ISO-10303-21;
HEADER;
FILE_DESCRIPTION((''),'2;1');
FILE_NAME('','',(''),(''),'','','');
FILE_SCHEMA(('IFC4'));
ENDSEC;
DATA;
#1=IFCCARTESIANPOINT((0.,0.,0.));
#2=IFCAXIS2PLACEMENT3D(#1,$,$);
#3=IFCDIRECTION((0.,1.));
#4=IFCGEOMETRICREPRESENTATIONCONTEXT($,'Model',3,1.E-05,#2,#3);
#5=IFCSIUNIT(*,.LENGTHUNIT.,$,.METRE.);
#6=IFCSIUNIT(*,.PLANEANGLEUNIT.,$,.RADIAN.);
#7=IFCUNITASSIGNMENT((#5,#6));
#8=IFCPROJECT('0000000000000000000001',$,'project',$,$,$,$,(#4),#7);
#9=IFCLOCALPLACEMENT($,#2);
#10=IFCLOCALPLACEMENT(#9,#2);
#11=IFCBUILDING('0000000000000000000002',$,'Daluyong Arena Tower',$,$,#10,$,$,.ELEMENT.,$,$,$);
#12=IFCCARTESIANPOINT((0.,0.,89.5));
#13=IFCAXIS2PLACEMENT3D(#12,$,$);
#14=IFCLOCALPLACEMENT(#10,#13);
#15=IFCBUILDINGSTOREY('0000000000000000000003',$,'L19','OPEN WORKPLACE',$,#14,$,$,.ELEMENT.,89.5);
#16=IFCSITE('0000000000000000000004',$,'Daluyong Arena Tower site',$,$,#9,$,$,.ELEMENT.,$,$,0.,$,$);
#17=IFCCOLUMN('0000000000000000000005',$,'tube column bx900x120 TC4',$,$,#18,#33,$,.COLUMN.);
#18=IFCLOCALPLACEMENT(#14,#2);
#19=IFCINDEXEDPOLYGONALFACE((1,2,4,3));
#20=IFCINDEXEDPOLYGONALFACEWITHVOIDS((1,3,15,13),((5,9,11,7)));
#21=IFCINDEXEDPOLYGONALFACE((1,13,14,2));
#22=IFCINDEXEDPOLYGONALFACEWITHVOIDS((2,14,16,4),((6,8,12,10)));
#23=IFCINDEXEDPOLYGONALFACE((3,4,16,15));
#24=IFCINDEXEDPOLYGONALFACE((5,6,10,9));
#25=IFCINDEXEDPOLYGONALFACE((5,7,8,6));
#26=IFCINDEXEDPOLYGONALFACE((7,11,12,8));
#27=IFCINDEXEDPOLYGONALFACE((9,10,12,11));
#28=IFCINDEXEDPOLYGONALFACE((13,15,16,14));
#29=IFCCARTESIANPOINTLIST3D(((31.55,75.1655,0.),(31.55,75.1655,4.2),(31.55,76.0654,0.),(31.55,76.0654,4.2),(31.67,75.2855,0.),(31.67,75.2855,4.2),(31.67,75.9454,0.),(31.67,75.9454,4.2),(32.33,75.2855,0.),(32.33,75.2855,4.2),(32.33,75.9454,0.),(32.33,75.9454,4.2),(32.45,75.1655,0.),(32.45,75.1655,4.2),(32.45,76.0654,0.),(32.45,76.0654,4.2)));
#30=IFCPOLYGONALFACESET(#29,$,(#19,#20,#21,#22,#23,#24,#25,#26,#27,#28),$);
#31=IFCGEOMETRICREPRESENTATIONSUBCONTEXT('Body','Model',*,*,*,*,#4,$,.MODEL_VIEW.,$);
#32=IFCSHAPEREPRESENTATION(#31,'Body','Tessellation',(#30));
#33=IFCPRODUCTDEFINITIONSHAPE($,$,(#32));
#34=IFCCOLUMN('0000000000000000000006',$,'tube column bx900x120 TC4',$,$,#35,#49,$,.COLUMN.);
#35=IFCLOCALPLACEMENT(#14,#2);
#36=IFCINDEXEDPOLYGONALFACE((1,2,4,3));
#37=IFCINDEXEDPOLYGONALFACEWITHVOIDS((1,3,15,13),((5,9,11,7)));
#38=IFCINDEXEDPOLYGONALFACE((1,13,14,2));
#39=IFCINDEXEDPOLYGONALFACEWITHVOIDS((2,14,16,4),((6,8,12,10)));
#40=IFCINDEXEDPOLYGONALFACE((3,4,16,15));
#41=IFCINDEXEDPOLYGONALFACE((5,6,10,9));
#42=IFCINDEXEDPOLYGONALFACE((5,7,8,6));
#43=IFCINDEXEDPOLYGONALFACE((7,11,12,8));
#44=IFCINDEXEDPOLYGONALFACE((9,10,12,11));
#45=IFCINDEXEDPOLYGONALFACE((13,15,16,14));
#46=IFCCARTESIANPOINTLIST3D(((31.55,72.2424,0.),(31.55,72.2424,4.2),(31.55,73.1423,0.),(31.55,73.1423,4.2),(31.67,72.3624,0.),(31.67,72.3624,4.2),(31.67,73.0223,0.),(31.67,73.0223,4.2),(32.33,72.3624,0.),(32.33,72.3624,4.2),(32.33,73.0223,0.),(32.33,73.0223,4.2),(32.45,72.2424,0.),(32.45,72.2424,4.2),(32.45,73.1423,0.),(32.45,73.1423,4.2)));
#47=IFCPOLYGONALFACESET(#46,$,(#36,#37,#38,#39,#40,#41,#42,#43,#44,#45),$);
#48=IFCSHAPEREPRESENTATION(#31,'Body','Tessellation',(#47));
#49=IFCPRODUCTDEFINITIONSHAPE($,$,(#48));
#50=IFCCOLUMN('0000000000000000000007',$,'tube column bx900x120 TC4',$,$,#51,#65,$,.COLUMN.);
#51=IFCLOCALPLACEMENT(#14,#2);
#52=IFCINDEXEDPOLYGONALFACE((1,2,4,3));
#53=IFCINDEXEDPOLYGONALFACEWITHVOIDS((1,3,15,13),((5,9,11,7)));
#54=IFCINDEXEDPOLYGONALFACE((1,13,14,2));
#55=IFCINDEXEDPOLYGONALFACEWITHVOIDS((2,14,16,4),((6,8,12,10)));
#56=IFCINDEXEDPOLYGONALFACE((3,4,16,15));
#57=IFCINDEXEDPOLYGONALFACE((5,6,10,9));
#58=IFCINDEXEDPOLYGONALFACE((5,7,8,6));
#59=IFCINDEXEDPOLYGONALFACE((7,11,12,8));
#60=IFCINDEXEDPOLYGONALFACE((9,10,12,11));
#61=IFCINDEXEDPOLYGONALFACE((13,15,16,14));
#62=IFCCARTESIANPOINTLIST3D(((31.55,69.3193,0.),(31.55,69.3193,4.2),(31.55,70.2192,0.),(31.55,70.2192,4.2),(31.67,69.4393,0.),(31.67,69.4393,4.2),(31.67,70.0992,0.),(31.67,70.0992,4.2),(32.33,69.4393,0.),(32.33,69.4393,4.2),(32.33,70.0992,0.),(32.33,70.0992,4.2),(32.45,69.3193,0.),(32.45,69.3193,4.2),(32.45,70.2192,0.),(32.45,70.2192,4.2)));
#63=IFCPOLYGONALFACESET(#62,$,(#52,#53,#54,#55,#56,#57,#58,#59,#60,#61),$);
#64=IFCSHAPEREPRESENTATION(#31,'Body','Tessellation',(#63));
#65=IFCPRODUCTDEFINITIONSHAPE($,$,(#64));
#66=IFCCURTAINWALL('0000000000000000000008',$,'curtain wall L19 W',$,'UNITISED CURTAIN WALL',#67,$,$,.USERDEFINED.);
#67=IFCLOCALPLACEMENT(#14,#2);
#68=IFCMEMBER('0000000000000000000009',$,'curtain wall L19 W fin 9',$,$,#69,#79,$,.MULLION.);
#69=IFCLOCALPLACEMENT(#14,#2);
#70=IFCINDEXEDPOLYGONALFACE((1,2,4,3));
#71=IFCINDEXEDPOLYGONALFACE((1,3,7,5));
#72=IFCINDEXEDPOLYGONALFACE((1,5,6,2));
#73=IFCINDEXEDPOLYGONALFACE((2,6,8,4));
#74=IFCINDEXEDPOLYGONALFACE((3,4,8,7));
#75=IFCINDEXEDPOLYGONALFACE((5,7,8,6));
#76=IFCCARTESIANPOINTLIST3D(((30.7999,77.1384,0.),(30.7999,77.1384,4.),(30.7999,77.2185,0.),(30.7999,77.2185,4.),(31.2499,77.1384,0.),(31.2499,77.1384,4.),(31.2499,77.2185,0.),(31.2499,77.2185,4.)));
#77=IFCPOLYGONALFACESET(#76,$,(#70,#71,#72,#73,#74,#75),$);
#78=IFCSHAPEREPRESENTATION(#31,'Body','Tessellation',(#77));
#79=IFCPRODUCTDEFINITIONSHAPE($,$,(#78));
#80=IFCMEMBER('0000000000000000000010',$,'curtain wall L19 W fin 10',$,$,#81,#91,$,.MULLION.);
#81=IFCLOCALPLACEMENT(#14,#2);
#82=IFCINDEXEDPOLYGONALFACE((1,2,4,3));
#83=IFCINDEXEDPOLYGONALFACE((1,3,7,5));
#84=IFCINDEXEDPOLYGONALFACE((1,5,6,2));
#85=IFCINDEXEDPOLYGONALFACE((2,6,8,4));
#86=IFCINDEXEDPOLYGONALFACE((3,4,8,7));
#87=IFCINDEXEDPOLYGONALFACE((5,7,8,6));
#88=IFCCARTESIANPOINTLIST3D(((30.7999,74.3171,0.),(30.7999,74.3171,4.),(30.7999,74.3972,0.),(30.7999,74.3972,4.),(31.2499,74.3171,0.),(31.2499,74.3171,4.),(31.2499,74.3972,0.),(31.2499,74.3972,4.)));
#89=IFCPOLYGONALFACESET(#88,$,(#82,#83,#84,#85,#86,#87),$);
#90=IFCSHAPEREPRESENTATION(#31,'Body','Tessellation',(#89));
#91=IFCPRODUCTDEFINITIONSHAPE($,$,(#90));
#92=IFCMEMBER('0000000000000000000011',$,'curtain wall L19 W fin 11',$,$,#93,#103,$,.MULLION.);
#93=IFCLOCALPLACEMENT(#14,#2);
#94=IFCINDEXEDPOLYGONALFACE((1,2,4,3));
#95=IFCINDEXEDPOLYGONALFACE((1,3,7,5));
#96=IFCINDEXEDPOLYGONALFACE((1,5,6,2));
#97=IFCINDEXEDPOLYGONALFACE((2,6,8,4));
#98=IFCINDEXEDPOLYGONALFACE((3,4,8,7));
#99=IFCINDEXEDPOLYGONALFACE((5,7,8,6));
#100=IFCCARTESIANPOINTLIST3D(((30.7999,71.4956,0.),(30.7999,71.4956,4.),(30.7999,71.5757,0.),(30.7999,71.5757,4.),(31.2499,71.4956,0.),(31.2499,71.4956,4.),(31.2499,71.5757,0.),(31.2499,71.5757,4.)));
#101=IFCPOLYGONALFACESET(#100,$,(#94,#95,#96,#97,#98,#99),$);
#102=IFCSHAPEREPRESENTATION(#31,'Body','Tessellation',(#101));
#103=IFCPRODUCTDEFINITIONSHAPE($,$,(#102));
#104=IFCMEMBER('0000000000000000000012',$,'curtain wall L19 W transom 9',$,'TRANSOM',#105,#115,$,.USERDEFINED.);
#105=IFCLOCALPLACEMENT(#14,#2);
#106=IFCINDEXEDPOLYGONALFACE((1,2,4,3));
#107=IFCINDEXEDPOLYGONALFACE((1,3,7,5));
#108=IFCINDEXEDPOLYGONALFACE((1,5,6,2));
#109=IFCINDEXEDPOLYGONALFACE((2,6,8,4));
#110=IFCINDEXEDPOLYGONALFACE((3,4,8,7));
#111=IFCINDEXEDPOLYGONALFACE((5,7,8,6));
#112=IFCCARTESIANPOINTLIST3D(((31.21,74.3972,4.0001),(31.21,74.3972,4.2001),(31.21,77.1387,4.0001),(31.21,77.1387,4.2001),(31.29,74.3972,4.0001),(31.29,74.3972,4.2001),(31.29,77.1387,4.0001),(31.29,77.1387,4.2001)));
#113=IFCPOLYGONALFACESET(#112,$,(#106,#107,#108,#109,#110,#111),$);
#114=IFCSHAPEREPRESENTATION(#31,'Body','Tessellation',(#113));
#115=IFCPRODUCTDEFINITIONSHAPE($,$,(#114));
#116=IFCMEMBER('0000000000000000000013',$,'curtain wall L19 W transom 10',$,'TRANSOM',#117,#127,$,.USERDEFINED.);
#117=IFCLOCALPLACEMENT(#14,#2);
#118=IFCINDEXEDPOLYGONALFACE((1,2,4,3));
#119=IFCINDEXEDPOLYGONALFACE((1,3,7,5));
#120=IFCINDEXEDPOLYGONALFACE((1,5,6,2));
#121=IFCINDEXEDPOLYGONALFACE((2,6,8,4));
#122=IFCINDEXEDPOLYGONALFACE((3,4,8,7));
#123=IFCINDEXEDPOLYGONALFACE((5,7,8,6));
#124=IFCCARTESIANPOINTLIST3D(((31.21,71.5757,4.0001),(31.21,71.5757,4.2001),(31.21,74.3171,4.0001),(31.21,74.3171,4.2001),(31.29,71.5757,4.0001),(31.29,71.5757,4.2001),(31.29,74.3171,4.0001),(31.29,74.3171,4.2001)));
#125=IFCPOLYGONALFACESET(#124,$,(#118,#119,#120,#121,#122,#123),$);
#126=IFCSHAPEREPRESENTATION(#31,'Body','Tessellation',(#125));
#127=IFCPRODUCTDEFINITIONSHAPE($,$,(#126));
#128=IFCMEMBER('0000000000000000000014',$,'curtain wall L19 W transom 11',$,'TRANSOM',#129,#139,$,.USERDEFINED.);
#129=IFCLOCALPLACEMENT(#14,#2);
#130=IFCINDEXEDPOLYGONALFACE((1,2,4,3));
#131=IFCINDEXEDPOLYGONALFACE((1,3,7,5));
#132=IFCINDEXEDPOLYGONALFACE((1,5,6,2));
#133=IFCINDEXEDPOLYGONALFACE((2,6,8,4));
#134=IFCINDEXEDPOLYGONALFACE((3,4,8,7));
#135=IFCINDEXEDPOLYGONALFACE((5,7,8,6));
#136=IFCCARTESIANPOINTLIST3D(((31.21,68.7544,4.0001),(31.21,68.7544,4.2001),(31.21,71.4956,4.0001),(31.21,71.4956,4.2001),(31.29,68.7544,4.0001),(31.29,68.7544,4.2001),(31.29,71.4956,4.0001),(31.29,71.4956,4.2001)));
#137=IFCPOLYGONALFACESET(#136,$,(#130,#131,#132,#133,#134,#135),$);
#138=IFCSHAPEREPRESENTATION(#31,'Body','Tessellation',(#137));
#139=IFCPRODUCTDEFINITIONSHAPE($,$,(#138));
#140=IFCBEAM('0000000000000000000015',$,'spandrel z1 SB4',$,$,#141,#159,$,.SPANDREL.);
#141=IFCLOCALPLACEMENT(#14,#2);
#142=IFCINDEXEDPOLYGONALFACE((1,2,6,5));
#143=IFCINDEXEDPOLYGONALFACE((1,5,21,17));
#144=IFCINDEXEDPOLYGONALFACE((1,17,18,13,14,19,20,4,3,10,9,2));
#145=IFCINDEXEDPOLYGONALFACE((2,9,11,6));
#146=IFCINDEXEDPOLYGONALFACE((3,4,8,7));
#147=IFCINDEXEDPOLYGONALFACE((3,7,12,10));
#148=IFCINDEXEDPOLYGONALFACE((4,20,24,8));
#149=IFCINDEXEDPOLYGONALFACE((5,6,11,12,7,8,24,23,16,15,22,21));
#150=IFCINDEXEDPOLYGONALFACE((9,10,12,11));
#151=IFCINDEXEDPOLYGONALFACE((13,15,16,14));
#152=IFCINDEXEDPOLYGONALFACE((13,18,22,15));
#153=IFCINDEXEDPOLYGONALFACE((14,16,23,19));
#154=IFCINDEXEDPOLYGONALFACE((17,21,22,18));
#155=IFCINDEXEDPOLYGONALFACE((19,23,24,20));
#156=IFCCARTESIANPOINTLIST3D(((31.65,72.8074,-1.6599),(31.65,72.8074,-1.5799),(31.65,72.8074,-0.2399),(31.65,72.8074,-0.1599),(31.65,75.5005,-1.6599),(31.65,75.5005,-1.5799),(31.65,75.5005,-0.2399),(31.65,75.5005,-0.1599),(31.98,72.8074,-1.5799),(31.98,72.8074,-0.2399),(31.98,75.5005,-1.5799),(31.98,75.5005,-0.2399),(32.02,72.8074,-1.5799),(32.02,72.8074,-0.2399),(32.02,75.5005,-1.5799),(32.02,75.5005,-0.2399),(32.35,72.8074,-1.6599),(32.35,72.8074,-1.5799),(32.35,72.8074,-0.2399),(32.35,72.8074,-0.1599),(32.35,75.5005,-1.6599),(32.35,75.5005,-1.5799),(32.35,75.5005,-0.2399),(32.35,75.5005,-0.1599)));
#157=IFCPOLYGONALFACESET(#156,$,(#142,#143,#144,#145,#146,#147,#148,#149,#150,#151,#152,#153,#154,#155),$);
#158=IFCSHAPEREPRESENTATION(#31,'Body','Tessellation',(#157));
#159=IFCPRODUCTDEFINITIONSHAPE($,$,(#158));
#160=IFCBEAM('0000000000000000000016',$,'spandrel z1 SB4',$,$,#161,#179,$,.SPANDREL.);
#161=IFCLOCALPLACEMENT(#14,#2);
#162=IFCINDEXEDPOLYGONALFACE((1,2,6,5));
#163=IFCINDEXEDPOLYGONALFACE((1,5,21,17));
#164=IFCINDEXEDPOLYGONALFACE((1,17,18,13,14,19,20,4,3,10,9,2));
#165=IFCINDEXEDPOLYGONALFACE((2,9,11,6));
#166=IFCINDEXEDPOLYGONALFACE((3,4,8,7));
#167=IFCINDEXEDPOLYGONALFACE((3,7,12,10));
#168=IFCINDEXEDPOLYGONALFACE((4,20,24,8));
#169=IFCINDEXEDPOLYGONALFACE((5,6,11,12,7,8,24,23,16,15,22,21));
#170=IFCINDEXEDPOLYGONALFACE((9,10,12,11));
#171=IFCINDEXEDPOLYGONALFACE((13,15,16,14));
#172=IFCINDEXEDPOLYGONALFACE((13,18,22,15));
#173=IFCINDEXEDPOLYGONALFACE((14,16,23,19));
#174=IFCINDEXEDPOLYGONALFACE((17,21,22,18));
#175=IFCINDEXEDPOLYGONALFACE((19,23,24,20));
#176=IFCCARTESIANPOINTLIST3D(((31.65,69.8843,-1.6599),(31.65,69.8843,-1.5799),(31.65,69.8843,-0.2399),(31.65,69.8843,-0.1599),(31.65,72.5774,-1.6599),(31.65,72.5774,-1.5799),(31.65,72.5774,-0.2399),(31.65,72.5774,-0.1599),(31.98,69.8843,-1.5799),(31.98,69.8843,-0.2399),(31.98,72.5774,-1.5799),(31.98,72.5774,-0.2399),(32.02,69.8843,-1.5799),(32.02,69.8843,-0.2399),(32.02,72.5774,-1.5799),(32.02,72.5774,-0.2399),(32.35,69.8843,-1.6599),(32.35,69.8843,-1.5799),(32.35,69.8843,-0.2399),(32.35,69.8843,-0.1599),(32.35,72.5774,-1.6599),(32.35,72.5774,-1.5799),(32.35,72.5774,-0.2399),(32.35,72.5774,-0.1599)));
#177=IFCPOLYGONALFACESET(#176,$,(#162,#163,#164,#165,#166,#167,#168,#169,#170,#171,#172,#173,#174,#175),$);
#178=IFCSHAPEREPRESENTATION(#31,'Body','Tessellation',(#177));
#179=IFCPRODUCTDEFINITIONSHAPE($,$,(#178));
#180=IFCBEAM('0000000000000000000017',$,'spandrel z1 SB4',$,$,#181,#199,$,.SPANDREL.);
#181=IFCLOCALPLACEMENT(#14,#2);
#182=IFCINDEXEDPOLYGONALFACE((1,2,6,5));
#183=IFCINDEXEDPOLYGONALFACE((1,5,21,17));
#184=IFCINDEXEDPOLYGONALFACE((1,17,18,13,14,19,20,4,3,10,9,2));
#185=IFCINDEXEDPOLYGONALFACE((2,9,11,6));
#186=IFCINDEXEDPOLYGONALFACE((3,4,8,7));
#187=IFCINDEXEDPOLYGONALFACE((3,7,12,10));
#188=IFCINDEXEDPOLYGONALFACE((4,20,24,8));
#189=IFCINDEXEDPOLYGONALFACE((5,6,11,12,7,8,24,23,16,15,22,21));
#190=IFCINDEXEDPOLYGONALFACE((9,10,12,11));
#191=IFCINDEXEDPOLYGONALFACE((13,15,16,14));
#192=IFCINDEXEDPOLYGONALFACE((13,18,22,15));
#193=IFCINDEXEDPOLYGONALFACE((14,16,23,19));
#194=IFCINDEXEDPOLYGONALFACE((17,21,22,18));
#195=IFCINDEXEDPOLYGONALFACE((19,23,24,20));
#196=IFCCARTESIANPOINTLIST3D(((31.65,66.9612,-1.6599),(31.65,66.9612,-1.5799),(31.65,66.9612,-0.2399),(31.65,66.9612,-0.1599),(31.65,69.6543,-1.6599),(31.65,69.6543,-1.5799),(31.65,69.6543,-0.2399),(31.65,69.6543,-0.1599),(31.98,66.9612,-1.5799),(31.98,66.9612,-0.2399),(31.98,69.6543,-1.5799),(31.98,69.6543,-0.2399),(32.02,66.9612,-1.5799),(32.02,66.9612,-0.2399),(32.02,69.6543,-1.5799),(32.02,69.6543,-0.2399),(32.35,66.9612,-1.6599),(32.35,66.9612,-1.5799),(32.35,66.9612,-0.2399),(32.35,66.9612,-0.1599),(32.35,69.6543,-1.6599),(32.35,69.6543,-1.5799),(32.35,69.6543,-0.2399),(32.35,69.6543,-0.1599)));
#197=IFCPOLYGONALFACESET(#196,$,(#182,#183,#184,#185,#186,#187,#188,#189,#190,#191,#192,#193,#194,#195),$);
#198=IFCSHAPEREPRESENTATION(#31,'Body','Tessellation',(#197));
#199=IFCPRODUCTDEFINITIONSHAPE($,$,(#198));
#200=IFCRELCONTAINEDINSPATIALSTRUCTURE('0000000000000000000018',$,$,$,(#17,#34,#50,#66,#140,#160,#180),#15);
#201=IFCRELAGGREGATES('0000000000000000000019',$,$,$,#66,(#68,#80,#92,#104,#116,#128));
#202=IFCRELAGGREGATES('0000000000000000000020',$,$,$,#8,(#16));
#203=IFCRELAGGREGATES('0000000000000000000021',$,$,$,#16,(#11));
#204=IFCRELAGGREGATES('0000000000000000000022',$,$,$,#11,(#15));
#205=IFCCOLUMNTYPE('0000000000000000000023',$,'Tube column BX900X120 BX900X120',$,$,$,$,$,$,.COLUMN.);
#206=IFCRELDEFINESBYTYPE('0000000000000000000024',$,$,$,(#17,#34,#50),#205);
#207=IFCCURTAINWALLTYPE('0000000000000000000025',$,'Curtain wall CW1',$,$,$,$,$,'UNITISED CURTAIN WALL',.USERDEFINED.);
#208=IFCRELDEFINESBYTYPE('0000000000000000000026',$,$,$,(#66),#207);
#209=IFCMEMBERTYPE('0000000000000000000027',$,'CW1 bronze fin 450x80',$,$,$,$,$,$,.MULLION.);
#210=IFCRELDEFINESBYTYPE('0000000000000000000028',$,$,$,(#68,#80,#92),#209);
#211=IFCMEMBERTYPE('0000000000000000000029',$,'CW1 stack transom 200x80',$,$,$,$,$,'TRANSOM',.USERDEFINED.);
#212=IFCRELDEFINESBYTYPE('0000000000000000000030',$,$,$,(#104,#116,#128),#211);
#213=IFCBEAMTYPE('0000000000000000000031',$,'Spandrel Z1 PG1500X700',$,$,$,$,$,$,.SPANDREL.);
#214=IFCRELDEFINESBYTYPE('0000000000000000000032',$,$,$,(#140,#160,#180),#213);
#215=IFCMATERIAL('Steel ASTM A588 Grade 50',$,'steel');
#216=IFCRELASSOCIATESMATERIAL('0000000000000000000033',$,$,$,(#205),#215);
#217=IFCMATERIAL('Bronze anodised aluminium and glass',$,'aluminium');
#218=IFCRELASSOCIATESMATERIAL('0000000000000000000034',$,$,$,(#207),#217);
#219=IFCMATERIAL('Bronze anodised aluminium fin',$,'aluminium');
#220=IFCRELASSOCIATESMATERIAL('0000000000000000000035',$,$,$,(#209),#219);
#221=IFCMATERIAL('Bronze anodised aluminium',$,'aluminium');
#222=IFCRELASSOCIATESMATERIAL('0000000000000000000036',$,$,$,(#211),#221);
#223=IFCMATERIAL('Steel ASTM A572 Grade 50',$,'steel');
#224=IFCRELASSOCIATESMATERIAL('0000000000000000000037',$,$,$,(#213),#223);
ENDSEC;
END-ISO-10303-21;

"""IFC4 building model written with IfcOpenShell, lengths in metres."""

from ifc_helpers import new_model, si_unit, direction, frame, origin, origin_2d, place, context, subcontext, project, spatial, rectangle, hollow_rectangle, i_section, extrude, material, material_profile, profile_set, type_object, element, aggregate, save


model = new_model("IFC4")

# Units and contexts
model_context = context("Model", 3, precision=1e-05, world=origin(), true_north=direction((0.0, 1.0)))
body_context = subcontext(model_context, "Body", "Model", "MODEL_VIEW")
ifc_project = project(units=[si_unit("LENGTHUNIT", "METRE"), si_unit("PLANEANGLEUNIT", "RADIAN")], contexts=[model_context])

# Site, building, storey
site_placement = place(None, origin())
site = spatial("IfcSite", under=ifc_project, at=site_placement, Name="Daluyong Arena Tower site", CompositionType="ELEMENT", RefElevation=0.0)
building_placement = place(site_placement, origin())
building = spatial("IfcBuilding", under=site, at=building_placement, Name="Daluyong Arena Tower", CompositionType="ELEMENT")
storey_placement = place(building_placement, frame((0.0, 0.0, 89.5)))
storey = spatial("IfcBuildingStorey", under=building, at=storey_placement, Name="L19", Description="OPEN WORKPLACE", CompositionType="ELEMENT", Elevation=89.5)

# Columns
ifc_material_1 = material(Name="Steel ASTM A588 Grade 50", Category="steel")
ifc_material_profile_1 = material_profile(ifc_material_1, hollow_rectangle(XDim=0.8999, YDim=0.8999, WallThickness=0.12, at=origin_2d()))
ifc_profile_set_1 = profile_set([ifc_material_profile_1], Name="Steel ASTM A588 Grade 50")
column_type = type_object("IfcColumnType", Name="Tube column BX900X120 BX900X120", PredefinedType="COLUMN", material=ifc_profile_set_1)
for number, where, z_axis, x_axis, name in (
    (1, (32.0, 75.6155, 0.0), (0.0, 0.0, 1.0), (0.0, 1.0, 0.0), "tube column bx900x120 TC4"),
    (2, (32.0, 72.6924, 0.0), (0.0, 0.0, 1.0), (0.0, 1.0, 0.0), "tube column bx900x120 TC4"),
    (3, (32.0, 69.7693, 0.0), (0.0, 0.0, 1.0), (0.0, 1.0, 0.0), "tube column bx900x120 TC4"),
):
    element("IfcColumn", number, at=place(storey_placement, frame(where, z_axis=z_axis, x_axis=x_axis)), inside=storey, type_object=column_type, Name=name, PredefinedType="COLUMN", context=body_context, shape_type="SweptSolid", body=[
        extrude(hollow_rectangle(XDim=0.8999, YDim=0.8999, WallThickness=0.12, at=origin_2d()), origin(), (0.0, 0.0, 1.0), 4.2),
    ])

# Curtain wall, members
ifc_material_2 = material(Name="Bronze anodised aluminium and glass", Category="aluminium")
curtain_wall_type = type_object("IfcCurtainWallType", Name="Curtain wall CW1", ElementType="UNITISED CURTAIN WALL", PredefinedType="USERDEFINED", material=ifc_material_2)
curtain_wall_placement = place(storey_placement, origin())
curtain_wall = element("IfcCurtainWall", 4, at=curtain_wall_placement, inside=storey, type_object=curtain_wall_type, Name="curtain wall L19 W", ObjectType="UNITISED CURTAIN WALL", PredefinedType="USERDEFINED")
ifc_material_3 = material(Name="Bronze anodised aluminium fin", Category="aluminium")
ifc_material_profile_2 = material_profile(ifc_material_3, rectangle(XDim=0.45, YDim=0.0801, at=origin_2d()))
ifc_profile_set_2 = profile_set([ifc_material_profile_2], Name="Bronze anodised aluminium fin")
member_type_1 = type_object("IfcMemberType", Name="CW1 bronze fin 450x80", PredefinedType="MULLION", material=ifc_profile_set_2)
member_1_placement = place(storey_placement, frame((31.0249, 77.1785, 0.0), z_axis=(0.0, 0.0, 1.0), x_axis=(1.0, 0.0, 0.0)))
member_1 = element("IfcMember", 5, at=member_1_placement, type_object=member_type_1, Name="curtain wall L19 W fin 9", PredefinedType="MULLION", context=body_context, shape_type="SweptSolid", body=[
    extrude(rectangle(XDim=0.45, YDim=0.0801, at=origin_2d()), origin(), (0.0, 0.0, 1.0), 4.0),
])
member_2_placement = place(storey_placement, frame((31.0249, 74.3572, 0.0), z_axis=(0.0, 0.0, 1.0), x_axis=(1.0, 0.0, 0.0)))
member_2 = element("IfcMember", 6, at=member_2_placement, type_object=member_type_1, Name="curtain wall L19 W fin 10", PredefinedType="MULLION", context=body_context, shape_type="SweptSolid", body=[
    extrude(rectangle(XDim=0.45, YDim=0.0801, at=origin_2d()), origin(), (0.0, 0.0, 1.0), 4.0),
])
member_3_placement = place(storey_placement, frame((31.0249, 71.5356, 0.0), z_axis=(0.0, 0.0, 1.0), x_axis=(1.0, 0.0, 0.0)))
member_3 = element("IfcMember", 7, at=member_3_placement, type_object=member_type_1, Name="curtain wall L19 W fin 11", PredefinedType="MULLION", context=body_context, shape_type="SweptSolid", body=[
    extrude(rectangle(XDim=0.45, YDim=0.0801, at=origin_2d()), origin(), (0.0, 0.0, 1.0), 4.0),
])
ifc_material_4 = material(Name="Bronze anodised aluminium", Category="aluminium")
ifc_material_profile_3 = material_profile(ifc_material_4, rectangle(XDim=0.0801, YDim=0.2, at=origin_2d()))
ifc_profile_set_3 = profile_set([ifc_material_profile_3], Name="Bronze anodised aluminium")
member_type_2 = type_object("IfcMemberType", Name="CW1 stack transom 200x80", ElementType="TRANSOM", PredefinedType="USERDEFINED", material=ifc_profile_set_3)
member_4_placement = place(storey_placement, frame((31.25, 77.1387, 4.1001), z_axis=(0.0, -1.0, 0.0), x_axis=(1.0, 0.0, 0.0)))
member_4 = element("IfcMember", 8, at=member_4_placement, type_object=member_type_2, Name="curtain wall L19 W transom 9", ObjectType="TRANSOM", PredefinedType="USERDEFINED", context=body_context, shape_type="SweptSolid", body=[
    extrude(rectangle(XDim=0.0801, YDim=0.2, at=origin_2d()), origin(), (0.0, 0.0, 1.0), 2.7415),
])
member_5_placement = place(storey_placement, frame((31.25, 74.3171, 4.1001), z_axis=(0.0, -1.0, 0.0), x_axis=(1.0, 0.0, 0.0)))
member_5 = element("IfcMember", 9, at=member_5_placement, type_object=member_type_2, Name="curtain wall L19 W transom 10", ObjectType="TRANSOM", PredefinedType="USERDEFINED", context=body_context, shape_type="SweptSolid", body=[
    extrude(rectangle(XDim=0.0801, YDim=0.2, at=origin_2d()), origin(), (0.0, 0.0, 1.0), 2.7415),
])
member_6_placement = place(storey_placement, frame((31.25, 71.4956, 4.1001), z_axis=(0.0, -1.0, 0.0), x_axis=(1.0, 0.0, 0.0)))
member_6 = element("IfcMember", 10, at=member_6_placement, type_object=member_type_2, Name="curtain wall L19 W transom 11", ObjectType="TRANSOM", PredefinedType="USERDEFINED", context=body_context, shape_type="SweptSolid", body=[
    extrude(rectangle(XDim=0.0801, YDim=0.2, at=origin_2d()), origin(), (0.0, 0.0, 1.0), 2.7412),
])

# Beams
ifc_material_5 = material(Name="Steel ASTM A572 Grade 50", Category="steel")
ifc_material_profile_4 = material_profile(ifc_material_5, i_section(OverallWidth=0.7, OverallDepth=1.5, WebThickness=0.04, FlangeThickness=0.08, at=origin_2d()))
ifc_profile_set_4 = profile_set([ifc_material_profile_4], Name="Steel ASTM A572 Grade 50")
beam_type = type_object("IfcBeamType", Name="Spandrel Z1 PG1500X700", PredefinedType="SPANDREL", material=ifc_profile_set_4)
for number, where, z_axis, x_axis, name in (
    (11, (32.0, 75.5005, -0.9099), (0.0, -1.0, 0.0), (1.0, 0.0, 0.0), "spandrel z1 SB4"),
    (12, (32.0, 72.5774, -0.9099), (0.0, -1.0, 0.0), (1.0, 0.0, 0.0), "spandrel z1 SB4"),
    (13, (32.0, 69.6543, -0.9099), (0.0, -1.0, 0.0), (1.0, 0.0, 0.0), "spandrel z1 SB4"),
):
    element("IfcBeam", number, at=place(storey_placement, frame(where, z_axis=z_axis, x_axis=x_axis)), inside=storey, type_object=beam_type, Name=name, PredefinedType="SPANDREL", context=body_context, shape_type="SweptSolid", body=[
        extrude(i_section(OverallWidth=0.7, OverallDepth=1.5, WebThickness=0.04, FlangeThickness=0.08, at=origin_2d()), origin(), (0.0, 0.0, 1.0), 2.6931),
    ])

aggregate(curtain_wall, [member_1, member_2, member_3, member_4, member_5, member_6])

save(model, "model.ifc")
